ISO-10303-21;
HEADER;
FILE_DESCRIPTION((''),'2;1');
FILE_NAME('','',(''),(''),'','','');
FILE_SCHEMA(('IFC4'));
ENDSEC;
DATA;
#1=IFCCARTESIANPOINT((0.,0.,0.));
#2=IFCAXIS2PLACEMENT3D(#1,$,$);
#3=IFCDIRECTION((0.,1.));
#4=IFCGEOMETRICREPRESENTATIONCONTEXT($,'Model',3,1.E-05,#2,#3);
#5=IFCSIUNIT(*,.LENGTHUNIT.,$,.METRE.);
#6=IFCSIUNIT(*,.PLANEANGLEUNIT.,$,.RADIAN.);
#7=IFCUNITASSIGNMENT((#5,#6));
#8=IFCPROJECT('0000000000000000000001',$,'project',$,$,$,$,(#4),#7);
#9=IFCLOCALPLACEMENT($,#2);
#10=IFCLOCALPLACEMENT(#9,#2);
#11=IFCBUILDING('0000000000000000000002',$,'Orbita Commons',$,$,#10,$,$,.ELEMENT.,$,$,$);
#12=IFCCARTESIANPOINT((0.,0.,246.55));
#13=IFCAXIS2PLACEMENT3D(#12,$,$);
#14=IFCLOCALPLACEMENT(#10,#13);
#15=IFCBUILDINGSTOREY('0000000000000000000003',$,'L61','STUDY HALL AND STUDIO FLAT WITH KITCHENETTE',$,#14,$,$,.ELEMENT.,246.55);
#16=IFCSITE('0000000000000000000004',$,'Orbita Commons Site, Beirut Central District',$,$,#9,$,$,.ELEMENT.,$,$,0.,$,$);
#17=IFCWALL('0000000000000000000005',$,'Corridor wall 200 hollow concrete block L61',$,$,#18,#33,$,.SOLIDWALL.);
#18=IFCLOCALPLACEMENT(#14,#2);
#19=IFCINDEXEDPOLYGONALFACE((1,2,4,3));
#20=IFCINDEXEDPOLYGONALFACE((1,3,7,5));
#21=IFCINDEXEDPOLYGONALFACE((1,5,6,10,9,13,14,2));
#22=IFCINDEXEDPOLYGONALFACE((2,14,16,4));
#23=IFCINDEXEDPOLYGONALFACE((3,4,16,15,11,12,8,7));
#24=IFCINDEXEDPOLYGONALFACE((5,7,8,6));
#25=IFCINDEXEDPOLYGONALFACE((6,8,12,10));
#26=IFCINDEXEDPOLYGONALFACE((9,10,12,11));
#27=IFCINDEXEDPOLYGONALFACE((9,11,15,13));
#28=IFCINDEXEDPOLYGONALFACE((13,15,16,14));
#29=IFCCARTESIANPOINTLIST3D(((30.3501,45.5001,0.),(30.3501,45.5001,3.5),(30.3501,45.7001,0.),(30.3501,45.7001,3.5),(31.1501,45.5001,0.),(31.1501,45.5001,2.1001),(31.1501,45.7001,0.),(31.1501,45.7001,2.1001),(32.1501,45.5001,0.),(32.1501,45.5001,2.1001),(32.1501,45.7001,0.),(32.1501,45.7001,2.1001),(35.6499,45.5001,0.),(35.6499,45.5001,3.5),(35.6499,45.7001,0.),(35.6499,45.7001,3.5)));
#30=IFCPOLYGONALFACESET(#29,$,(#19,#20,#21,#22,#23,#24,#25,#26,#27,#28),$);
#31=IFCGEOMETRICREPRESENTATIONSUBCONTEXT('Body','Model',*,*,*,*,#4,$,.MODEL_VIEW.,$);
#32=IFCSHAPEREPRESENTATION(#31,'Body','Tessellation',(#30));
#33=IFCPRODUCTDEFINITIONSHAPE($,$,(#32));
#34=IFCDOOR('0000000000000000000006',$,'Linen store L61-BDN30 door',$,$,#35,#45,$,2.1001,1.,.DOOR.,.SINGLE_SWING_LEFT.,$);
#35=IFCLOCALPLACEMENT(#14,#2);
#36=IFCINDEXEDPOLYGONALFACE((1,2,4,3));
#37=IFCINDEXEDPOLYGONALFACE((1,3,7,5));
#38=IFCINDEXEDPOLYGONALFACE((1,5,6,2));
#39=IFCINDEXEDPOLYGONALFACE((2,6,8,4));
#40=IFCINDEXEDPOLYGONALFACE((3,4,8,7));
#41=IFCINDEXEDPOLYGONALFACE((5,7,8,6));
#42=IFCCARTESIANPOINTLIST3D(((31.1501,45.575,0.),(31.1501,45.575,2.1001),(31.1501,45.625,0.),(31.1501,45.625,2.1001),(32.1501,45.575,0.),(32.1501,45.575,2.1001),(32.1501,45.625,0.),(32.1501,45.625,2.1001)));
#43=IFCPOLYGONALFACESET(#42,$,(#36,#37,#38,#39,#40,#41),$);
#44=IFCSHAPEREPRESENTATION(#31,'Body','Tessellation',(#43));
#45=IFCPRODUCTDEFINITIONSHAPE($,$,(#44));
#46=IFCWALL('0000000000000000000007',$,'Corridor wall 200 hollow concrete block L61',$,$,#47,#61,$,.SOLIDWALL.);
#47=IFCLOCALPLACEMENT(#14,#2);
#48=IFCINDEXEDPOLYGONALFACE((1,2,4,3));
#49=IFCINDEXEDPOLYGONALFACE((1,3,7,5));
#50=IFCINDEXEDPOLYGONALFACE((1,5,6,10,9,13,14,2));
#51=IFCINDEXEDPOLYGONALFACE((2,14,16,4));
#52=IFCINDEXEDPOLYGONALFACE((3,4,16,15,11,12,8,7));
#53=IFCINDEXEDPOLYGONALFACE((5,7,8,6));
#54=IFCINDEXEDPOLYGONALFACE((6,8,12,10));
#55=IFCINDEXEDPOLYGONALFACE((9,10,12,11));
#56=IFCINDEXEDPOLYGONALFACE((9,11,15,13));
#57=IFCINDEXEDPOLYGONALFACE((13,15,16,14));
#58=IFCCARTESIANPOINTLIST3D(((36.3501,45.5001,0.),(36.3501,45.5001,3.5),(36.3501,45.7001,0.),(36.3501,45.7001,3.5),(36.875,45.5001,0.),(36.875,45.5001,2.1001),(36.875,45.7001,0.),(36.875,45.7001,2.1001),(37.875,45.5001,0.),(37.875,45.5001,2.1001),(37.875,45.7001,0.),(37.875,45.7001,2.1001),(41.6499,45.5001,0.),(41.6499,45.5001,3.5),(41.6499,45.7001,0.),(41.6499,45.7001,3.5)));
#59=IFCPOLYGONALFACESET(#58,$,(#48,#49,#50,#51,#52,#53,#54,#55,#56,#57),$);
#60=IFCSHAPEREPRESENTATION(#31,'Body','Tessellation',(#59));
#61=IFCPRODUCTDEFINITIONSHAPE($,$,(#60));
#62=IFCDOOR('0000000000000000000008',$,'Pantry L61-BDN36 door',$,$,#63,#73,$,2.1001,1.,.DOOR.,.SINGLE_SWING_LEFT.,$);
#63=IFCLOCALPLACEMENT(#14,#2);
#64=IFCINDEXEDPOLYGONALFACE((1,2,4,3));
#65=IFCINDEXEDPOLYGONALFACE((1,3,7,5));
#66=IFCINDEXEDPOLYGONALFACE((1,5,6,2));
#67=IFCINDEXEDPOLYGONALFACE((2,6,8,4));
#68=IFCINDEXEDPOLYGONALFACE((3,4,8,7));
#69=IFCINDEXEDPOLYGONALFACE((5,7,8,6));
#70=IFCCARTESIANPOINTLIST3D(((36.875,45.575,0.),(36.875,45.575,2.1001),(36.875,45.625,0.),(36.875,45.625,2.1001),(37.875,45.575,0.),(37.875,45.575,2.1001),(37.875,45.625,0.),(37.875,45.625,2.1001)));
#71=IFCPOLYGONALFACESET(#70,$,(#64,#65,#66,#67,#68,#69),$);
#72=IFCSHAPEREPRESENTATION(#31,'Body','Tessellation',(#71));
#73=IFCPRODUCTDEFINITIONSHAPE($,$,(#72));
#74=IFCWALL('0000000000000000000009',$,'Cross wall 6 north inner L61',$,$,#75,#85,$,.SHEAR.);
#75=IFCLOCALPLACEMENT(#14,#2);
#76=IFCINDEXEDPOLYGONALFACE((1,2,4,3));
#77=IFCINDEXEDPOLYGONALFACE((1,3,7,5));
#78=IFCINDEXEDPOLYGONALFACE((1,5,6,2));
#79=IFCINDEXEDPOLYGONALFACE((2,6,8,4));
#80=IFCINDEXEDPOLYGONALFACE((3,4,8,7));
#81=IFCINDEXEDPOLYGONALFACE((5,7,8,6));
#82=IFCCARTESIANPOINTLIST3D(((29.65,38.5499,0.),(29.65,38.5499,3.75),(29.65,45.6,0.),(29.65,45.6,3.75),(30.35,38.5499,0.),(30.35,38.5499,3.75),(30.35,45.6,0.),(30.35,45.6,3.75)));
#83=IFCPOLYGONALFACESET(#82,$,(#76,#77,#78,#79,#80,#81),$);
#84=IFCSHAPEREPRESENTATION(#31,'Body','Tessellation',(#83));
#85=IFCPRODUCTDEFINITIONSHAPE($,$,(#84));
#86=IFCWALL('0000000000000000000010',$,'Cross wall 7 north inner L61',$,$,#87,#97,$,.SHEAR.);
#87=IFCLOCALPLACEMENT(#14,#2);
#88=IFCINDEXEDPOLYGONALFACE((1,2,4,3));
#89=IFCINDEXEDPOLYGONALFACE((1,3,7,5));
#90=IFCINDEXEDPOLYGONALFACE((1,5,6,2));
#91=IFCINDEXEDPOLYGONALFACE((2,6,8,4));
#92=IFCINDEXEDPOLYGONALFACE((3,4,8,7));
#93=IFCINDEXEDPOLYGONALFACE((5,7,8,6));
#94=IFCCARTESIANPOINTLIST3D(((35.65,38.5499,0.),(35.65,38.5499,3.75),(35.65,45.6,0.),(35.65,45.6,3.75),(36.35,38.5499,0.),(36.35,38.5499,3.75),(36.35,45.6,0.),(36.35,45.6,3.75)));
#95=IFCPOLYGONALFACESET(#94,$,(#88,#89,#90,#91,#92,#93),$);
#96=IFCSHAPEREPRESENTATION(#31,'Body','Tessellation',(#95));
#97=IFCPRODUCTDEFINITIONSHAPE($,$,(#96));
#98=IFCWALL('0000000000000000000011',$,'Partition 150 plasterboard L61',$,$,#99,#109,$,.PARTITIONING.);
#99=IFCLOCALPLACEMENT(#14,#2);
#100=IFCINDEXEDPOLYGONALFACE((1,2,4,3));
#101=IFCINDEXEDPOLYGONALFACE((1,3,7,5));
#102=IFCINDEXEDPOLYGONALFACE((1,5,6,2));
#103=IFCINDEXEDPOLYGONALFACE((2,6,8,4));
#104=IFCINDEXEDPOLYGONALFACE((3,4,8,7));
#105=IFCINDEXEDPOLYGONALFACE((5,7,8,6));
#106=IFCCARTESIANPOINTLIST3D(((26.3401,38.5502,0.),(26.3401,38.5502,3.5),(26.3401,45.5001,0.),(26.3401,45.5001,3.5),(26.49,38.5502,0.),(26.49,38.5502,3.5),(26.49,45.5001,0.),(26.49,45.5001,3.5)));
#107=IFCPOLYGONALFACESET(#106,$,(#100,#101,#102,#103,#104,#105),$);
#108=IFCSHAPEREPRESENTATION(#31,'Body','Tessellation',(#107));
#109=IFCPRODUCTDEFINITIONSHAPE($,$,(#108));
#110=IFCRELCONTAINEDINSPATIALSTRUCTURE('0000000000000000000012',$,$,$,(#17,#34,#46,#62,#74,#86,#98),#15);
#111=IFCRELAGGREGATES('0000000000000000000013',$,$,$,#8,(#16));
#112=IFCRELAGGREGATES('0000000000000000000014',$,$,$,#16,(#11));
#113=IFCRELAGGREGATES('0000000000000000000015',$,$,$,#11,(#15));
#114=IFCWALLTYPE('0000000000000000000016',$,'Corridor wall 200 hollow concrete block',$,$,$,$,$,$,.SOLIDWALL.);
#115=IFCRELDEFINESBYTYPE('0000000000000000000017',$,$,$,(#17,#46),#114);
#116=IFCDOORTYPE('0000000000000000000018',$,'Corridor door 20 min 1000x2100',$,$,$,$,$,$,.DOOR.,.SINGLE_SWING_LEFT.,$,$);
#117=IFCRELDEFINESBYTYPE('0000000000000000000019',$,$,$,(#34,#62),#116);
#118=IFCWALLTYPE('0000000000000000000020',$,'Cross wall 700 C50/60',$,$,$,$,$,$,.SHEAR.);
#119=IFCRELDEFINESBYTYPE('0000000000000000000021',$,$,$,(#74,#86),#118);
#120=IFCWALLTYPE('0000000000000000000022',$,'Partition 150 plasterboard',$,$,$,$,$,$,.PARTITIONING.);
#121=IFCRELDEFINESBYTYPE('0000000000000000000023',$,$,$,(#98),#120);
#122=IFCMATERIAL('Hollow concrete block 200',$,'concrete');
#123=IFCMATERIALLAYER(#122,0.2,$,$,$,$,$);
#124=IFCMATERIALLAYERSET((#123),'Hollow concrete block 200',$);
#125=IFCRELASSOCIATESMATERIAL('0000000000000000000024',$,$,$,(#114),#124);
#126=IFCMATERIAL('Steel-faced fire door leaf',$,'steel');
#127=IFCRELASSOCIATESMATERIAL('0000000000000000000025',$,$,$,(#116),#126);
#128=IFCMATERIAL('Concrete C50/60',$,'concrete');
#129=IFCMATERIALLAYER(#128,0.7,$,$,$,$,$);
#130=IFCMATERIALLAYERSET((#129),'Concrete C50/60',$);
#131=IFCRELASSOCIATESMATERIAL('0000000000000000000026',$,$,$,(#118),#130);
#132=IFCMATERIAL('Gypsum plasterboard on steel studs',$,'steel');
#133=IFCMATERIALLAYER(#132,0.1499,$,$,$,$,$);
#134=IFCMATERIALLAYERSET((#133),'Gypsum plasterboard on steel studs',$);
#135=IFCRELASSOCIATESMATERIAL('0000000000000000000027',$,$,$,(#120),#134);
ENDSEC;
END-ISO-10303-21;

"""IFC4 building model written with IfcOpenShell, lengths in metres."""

from ifc_helpers import new_model, si_unit, direction, frame, frame_2d, origin, place, context, subcontext, project, spatial, rectangle, extrude, material, layer, layer_set, type_object, element, fill, save


model = new_model("IFC4")

# Units and contexts
model_context = context("Model", 3, precision=1e-05, world=origin(), true_north=direction((0.0, 1.0)))
body_context = subcontext(model_context, "Body", "Model", "MODEL_VIEW")
ifc_project = project(units=[si_unit("LENGTHUNIT", "METRE"), si_unit("PLANEANGLEUNIT", "RADIAN")], contexts=[model_context])

# Site, building, storey
site_placement = place(None, origin())
site = spatial("IfcSite", under=ifc_project, at=site_placement, Name="Orbita Commons Site, Beirut Central District", CompositionType="ELEMENT", RefElevation=0.0)
building_placement = place(site_placement, origin())
building = spatial("IfcBuilding", under=site, at=building_placement, Name="Orbita Commons", CompositionType="ELEMENT")
storey_placement = place(building_placement, frame((0.0, 0.0, 246.55)))
storey = spatial("IfcBuildingStorey", under=building, at=storey_placement, Name="L61", Description="STUDY HALL AND STUDIO FLAT WITH KITCHENETTE", CompositionType="ELEMENT", Elevation=246.55)

# Shared definitions
ifc_material_1 = material(Name="Hollow concrete block 200", Category="concrete")
ifc_layer_1 = layer(ifc_material_1, 0.2)
ifc_layer_set_1 = layer_set([ifc_layer_1], Name="Hollow concrete block 200")
wall_type_1 = type_object("IfcWallType", Name="Corridor wall 200 hollow concrete block", PredefinedType="SOLIDWALL", material=ifc_layer_set_1)

# Walls, openings, doors
wall_1_placement = place(storey_placement, frame((30.3501, 45.6001, 0.0), z_axis=(0.0, 0.0, 1.0), x_axis=(1.0, 0.0, 0.0)))
wall_1 = element("IfcWall", 1, at=wall_1_placement, inside=storey, type_object=wall_type_1, Name="Corridor wall 200 hollow concrete block L61", PredefinedType="SOLIDWALL", context=body_context, shape_type="SweptSolid", body=[
    extrude(rectangle(XDim=5.2998, YDim=0.2, at=frame_2d((2.6499, 0.0))), origin(), (0.0, 0.0, 1.0), 3.5),
])
opening_1_placement = place(wall_1_placement, frame((0.8, 0.0, 0.0)))
opening_1 = element("IfcOpeningElement", 2, at=opening_1_placement, cuts=wall_1, PredefinedType="OPENING", context=body_context, shape_type="SweptSolid", body=[
    extrude(rectangle(XDim=1.0, YDim=2.1001, at=frame_2d((0.5, 1.05))), frame((0.0, 0.1099, 0.0), z_axis=(0.0, -1.0, 0.0), x_axis=(1.0, 0.0, 0.0)), (0.0, 0.0, 1.0), 0.22),
])
ifc_material_2 = material(Name="Steel-faced fire door leaf", Category="steel")
door_type_1 = type_object("IfcDoorType", Name="Corridor door 20 min 1000x2100", OperationType="SINGLE_SWING_LEFT", PredefinedType="DOOR", material=ifc_material_2)
door_1_placement = place(opening_1_placement, origin())
door_1 = element("IfcDoor", 3, at=door_1_placement, inside=storey, type_object=door_type_1, Name="Linen store L61-BDN30 door", OperationType="SINGLE_SWING_LEFT", OverallHeight=2.1001, OverallWidth=1.0, PredefinedType="DOOR", context=body_context, shape_type="SweptSolid", body=[
    extrude(rectangle(XDim=1.0, YDim=2.1001, at=frame_2d((0.5, 1.05))), frame((0.0, 0.0249, 0.0), z_axis=(0.0, -1.0, 0.0), x_axis=(1.0, 0.0, 0.0)), (0.0, 0.0, 1.0), 0.05),
])
fill(opening_1, door_1)
wall_2_placement = place(storey_placement, frame((36.3501, 45.6001, 0.0), z_axis=(0.0, 0.0, 1.0), x_axis=(1.0, 0.0, 0.0)))
wall_2 = element("IfcWall", 4, at=wall_2_placement, inside=storey, type_object=wall_type_1, Name="Corridor wall 200 hollow concrete block L61", PredefinedType="SOLIDWALL", context=body_context, shape_type="SweptSolid", body=[
    extrude(rectangle(XDim=5.2998, YDim=0.2, at=frame_2d((2.6499, 0.0))), origin(), (0.0, 0.0, 1.0), 3.5),
])
opening_2_placement = place(wall_2_placement, frame((0.5249, 0.0, 0.0)))
opening_2 = element("IfcOpeningElement", 5, at=opening_2_placement, cuts=wall_2, PredefinedType="OPENING", context=body_context, shape_type="SweptSolid", body=[
    extrude(rectangle(XDim=1.0, YDim=2.1001, at=frame_2d((0.5, 1.05))), frame((0.0, 0.1099, 0.0), z_axis=(0.0, -1.0, 0.0), x_axis=(1.0, 0.0, 0.0)), (0.0, 0.0, 1.0), 0.22),
])
door_2_placement = place(opening_2_placement, origin())
door_2 = element("IfcDoor", 6, at=door_2_placement, inside=storey, type_object=door_type_1, Name="Pantry L61-BDN36 door", OperationType="SINGLE_SWING_LEFT", OverallHeight=2.1001, OverallWidth=1.0, PredefinedType="DOOR", context=body_context, shape_type="SweptSolid", body=[
    extrude(rectangle(XDim=1.0, YDim=2.1001, at=frame_2d((0.5, 1.05))), frame((0.0, 0.0249, 0.0), z_axis=(0.0, -1.0, 0.0), x_axis=(1.0, 0.0, 0.0)), (0.0, 0.0, 1.0), 0.05),
])
fill(opening_2, door_2)

# Walls
ifc_material_3 = material(Name="Concrete C50/60", Category="concrete")
ifc_layer_2 = layer(ifc_material_3, 0.7)
ifc_layer_set_2 = layer_set([ifc_layer_2], Name="Concrete C50/60")
wall_type_2 = type_object("IfcWallType", Name="Cross wall 700 C50/60", PredefinedType="SHEAR", material=ifc_layer_set_2)
for number, where, z_axis, x_axis, name in (
    (7, (30.0, 38.55, 0.0), (0.0, 0.0, 1.0), (0.0, 1.0, 0.0), "Cross wall 6 north inner L61"),
    (8, (36.0, 38.55, 0.0), (0.0, 0.0, 1.0), (0.0, 1.0, 0.0), "Cross wall 7 north inner L61"),
):
    element("IfcWall", number, at=place(storey_placement, frame(where, z_axis=z_axis, x_axis=x_axis)), inside=storey, type_object=wall_type_2, Name=name, PredefinedType="SHEAR", context=body_context, shape_type="SweptSolid", body=[
        extrude(rectangle(XDim=7.05, YDim=0.7, at=frame_2d((3.5249, 0.0))), origin(), (0.0, 0.0, 1.0), 3.75),
    ])
ifc_material_4 = material(Name="Gypsum plasterboard on steel studs", Category="steel")
ifc_layer_3 = layer(ifc_material_4, 0.1499)
ifc_layer_set_3 = layer_set([ifc_layer_3], Name="Gypsum plasterboard on steel studs")
wall_type_3 = type_object("IfcWallType", Name="Partition 150 plasterboard", PredefinedType="PARTITIONING", material=ifc_layer_set_3)
wall_3_placement = place(storey_placement, frame((26.415, 38.55, 0.0), z_axis=(0.0, 0.0, 1.0), x_axis=(0.0, 1.0, 0.0)))
element("IfcWall", 9, at=wall_3_placement, inside=storey, type_object=wall_type_3, Name="Partition 150 plasterboard L61", PredefinedType="PARTITIONING", context=body_context, shape_type="SweptSolid", body=[
    extrude(rectangle(XDim=6.95, YDim=0.1499, at=frame_2d((3.4751, 0.0))), origin(), (0.0, 0.0, 1.0), 3.5),
])

save(model, "model.ifc")
